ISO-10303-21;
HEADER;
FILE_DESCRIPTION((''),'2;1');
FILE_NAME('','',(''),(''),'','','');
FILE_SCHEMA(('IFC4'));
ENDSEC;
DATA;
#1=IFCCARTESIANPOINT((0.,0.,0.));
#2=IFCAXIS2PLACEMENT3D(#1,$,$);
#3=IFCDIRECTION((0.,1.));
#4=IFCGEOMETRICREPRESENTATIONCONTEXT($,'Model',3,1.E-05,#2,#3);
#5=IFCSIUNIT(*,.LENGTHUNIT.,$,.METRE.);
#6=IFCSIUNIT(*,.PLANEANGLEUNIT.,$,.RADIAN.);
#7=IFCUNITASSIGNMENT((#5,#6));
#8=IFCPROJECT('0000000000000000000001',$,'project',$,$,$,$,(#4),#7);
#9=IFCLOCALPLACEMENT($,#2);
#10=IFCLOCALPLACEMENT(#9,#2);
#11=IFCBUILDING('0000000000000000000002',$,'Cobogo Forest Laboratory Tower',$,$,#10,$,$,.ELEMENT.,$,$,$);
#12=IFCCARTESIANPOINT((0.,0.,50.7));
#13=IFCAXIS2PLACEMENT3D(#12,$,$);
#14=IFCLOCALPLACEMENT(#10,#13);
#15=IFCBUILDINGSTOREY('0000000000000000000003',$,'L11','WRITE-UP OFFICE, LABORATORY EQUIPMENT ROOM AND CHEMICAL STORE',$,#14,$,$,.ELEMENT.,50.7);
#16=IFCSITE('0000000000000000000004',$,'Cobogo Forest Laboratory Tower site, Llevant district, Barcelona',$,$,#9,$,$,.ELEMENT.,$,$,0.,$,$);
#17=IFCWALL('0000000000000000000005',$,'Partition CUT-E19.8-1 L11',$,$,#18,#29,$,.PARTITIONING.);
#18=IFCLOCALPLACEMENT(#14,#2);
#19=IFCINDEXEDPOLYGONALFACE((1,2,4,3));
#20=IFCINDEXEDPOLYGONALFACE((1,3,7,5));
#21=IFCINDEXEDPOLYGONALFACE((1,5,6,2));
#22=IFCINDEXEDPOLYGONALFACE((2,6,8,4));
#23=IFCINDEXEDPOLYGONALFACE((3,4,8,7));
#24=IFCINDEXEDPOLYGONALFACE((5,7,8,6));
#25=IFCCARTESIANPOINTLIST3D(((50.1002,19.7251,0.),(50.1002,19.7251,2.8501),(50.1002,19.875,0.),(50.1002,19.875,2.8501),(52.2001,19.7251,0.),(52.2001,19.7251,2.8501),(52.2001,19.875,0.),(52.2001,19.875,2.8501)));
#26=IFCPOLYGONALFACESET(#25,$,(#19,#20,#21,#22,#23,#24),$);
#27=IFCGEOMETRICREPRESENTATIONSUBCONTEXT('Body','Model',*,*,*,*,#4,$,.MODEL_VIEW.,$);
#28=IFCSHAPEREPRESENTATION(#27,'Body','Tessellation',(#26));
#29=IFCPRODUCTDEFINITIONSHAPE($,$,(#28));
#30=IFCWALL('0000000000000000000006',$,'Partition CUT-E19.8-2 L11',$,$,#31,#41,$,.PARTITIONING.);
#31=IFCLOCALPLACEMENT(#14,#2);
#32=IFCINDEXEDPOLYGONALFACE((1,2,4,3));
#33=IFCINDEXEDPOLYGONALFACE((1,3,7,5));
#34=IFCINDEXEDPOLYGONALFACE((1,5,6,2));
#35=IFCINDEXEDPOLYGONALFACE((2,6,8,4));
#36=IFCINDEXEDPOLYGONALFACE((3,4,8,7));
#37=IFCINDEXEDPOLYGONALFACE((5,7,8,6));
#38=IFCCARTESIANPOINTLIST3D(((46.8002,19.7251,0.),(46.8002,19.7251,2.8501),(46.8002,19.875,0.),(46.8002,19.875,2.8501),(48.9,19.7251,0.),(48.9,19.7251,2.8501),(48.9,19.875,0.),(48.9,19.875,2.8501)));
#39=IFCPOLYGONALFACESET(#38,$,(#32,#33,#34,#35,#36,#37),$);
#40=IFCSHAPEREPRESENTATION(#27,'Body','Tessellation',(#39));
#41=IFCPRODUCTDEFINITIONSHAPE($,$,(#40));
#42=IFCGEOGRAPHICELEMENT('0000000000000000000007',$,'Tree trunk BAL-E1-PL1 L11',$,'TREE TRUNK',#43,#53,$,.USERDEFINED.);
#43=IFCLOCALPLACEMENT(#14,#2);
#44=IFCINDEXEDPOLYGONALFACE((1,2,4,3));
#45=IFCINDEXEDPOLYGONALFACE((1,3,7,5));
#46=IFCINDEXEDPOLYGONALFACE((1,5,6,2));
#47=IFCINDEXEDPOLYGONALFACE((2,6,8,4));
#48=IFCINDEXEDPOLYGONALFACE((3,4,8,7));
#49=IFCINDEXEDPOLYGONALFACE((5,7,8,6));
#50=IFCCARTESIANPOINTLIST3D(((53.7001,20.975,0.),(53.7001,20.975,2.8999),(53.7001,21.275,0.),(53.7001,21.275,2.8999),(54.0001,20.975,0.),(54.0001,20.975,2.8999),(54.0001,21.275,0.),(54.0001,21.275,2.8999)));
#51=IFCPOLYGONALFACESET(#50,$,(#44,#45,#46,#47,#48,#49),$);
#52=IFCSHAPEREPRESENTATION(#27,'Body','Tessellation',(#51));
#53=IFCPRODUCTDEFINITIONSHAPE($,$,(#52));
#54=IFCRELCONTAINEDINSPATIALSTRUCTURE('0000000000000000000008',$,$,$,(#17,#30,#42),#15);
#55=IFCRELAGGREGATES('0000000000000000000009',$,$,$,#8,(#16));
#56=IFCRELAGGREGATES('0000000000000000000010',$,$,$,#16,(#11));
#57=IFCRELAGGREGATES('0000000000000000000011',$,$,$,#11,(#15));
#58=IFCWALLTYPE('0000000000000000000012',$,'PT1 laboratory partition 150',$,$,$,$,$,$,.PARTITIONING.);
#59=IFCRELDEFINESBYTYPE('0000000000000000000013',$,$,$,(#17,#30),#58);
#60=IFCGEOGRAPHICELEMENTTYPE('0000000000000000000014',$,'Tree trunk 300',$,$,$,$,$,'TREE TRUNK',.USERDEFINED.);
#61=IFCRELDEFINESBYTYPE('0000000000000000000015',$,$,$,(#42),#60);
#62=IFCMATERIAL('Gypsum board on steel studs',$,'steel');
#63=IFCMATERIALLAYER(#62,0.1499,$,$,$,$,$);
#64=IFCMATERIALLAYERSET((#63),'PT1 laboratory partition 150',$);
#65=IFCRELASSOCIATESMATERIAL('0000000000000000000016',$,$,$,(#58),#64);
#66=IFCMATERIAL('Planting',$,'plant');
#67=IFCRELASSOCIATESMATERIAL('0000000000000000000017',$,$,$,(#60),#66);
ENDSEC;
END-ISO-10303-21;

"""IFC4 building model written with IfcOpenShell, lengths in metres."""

from ifc_helpers import new_model, si_unit, direction, frame, frame_2d, origin, origin_2d, place, context, subcontext, project, spatial, rectangle, extrude, material, layer, layer_set, type_object, element, save


model = new_model("IFC4")

# Units and contexts
model_context = context("Model", 3, precision=1e-05, world=origin(), true_north=direction((0.0, 1.0)))
body_context = subcontext(model_context, "Body", "Model", "MODEL_VIEW")
ifc_project = project(units=[si_unit("LENGTHUNIT", "METRE"), si_unit("PLANEANGLEUNIT", "RADIAN")], contexts=[model_context])

# Site, building, storey
site_placement = place(None, origin())
site = spatial("IfcSite", under=ifc_project, at=site_placement, Name="Cobogo Forest Laboratory Tower site, Llevant district, Barcelona", CompositionType="ELEMENT", RefElevation=0.0)
building_placement = place(site_placement, origin())
building = spatial("IfcBuilding", under=site, at=building_placement, Name="Cobogo Forest Laboratory Tower", CompositionType="ELEMENT")
storey_placement = place(building_placement, frame((0.0, 0.0, 50.7)))
storey = spatial("IfcBuildingStorey", under=building, at=storey_placement, Name="L11", Description="WRITE-UP OFFICE, LABORATORY EQUIPMENT ROOM AND CHEMICAL STORE", CompositionType="ELEMENT", Elevation=50.7)

# Walls
ifc_material_1 = material(Name="Gypsum board on steel studs", Category="steel")
ifc_layer_1 = layer(ifc_material_1, 0.1499)
ifc_layer_set_1 = layer_set([ifc_layer_1], Name="PT1 laboratory partition 150")
wall_type_1 = type_object("IfcWallType", Name="PT1 laboratory partition 150", PredefinedType="PARTITIONING", material=ifc_layer_set_1)
for number, where, z_axis, x_axis, name in (
    (1, (52.2, 19.8, 0.0), (0.0, 0.0, 1.0), (-1.0, 0.0, 0.0), "Partition CUT-E19.8-1 L11"),
    (2, (48.8999, 19.8, 0.0), (0.0, 0.0, 1.0), (-1.0, 0.0, 0.0), "Partition CUT-E19.8-2 L11"),
):
    element("IfcWall", number, at=place(storey_placement, frame(where, z_axis=z_axis, x_axis=x_axis)), inside=storey, type_object=wall_type_1, Name=name, PredefinedType="PARTITIONING", context=body_context, shape_type="SweptSolid", body=[
        extrude(rectangle(XDim=2.0999, YDim=0.1499, at=frame_2d((1.0498, 0.0))), origin(), (0.0, 0.0, 1.0), 2.8501),
    ])

# Geographic element
ifc_material_2 = material(Name="Planting", Category="plant")
geographic_element_type = type_object("IfcGeographicElementType", Name="Tree trunk 300", ElementType="TREE TRUNK", PredefinedType="USERDEFINED", material=ifc_material_2)
geographic_element_placement = place(storey_placement, frame((53.8501, 21.125, 0.0), z_axis=(0.0, 0.0, 1.0), x_axis=(1.0, 0.0, 0.0)))
element("IfcGeographicElement", 3, at=geographic_element_placement, inside=storey, type_object=geographic_element_type, Name="Tree trunk BAL-E1-PL1 L11", ObjectType="TREE TRUNK", PredefinedType="USERDEFINED", context=body_context, shape_type="SweptSolid", body=[
    extrude(rectangle(XDim=0.3, YDim=0.3, at=origin_2d()), origin(), (0.0, 0.0, 1.0), 2.8999),
])

save(model, "model.ifc")
